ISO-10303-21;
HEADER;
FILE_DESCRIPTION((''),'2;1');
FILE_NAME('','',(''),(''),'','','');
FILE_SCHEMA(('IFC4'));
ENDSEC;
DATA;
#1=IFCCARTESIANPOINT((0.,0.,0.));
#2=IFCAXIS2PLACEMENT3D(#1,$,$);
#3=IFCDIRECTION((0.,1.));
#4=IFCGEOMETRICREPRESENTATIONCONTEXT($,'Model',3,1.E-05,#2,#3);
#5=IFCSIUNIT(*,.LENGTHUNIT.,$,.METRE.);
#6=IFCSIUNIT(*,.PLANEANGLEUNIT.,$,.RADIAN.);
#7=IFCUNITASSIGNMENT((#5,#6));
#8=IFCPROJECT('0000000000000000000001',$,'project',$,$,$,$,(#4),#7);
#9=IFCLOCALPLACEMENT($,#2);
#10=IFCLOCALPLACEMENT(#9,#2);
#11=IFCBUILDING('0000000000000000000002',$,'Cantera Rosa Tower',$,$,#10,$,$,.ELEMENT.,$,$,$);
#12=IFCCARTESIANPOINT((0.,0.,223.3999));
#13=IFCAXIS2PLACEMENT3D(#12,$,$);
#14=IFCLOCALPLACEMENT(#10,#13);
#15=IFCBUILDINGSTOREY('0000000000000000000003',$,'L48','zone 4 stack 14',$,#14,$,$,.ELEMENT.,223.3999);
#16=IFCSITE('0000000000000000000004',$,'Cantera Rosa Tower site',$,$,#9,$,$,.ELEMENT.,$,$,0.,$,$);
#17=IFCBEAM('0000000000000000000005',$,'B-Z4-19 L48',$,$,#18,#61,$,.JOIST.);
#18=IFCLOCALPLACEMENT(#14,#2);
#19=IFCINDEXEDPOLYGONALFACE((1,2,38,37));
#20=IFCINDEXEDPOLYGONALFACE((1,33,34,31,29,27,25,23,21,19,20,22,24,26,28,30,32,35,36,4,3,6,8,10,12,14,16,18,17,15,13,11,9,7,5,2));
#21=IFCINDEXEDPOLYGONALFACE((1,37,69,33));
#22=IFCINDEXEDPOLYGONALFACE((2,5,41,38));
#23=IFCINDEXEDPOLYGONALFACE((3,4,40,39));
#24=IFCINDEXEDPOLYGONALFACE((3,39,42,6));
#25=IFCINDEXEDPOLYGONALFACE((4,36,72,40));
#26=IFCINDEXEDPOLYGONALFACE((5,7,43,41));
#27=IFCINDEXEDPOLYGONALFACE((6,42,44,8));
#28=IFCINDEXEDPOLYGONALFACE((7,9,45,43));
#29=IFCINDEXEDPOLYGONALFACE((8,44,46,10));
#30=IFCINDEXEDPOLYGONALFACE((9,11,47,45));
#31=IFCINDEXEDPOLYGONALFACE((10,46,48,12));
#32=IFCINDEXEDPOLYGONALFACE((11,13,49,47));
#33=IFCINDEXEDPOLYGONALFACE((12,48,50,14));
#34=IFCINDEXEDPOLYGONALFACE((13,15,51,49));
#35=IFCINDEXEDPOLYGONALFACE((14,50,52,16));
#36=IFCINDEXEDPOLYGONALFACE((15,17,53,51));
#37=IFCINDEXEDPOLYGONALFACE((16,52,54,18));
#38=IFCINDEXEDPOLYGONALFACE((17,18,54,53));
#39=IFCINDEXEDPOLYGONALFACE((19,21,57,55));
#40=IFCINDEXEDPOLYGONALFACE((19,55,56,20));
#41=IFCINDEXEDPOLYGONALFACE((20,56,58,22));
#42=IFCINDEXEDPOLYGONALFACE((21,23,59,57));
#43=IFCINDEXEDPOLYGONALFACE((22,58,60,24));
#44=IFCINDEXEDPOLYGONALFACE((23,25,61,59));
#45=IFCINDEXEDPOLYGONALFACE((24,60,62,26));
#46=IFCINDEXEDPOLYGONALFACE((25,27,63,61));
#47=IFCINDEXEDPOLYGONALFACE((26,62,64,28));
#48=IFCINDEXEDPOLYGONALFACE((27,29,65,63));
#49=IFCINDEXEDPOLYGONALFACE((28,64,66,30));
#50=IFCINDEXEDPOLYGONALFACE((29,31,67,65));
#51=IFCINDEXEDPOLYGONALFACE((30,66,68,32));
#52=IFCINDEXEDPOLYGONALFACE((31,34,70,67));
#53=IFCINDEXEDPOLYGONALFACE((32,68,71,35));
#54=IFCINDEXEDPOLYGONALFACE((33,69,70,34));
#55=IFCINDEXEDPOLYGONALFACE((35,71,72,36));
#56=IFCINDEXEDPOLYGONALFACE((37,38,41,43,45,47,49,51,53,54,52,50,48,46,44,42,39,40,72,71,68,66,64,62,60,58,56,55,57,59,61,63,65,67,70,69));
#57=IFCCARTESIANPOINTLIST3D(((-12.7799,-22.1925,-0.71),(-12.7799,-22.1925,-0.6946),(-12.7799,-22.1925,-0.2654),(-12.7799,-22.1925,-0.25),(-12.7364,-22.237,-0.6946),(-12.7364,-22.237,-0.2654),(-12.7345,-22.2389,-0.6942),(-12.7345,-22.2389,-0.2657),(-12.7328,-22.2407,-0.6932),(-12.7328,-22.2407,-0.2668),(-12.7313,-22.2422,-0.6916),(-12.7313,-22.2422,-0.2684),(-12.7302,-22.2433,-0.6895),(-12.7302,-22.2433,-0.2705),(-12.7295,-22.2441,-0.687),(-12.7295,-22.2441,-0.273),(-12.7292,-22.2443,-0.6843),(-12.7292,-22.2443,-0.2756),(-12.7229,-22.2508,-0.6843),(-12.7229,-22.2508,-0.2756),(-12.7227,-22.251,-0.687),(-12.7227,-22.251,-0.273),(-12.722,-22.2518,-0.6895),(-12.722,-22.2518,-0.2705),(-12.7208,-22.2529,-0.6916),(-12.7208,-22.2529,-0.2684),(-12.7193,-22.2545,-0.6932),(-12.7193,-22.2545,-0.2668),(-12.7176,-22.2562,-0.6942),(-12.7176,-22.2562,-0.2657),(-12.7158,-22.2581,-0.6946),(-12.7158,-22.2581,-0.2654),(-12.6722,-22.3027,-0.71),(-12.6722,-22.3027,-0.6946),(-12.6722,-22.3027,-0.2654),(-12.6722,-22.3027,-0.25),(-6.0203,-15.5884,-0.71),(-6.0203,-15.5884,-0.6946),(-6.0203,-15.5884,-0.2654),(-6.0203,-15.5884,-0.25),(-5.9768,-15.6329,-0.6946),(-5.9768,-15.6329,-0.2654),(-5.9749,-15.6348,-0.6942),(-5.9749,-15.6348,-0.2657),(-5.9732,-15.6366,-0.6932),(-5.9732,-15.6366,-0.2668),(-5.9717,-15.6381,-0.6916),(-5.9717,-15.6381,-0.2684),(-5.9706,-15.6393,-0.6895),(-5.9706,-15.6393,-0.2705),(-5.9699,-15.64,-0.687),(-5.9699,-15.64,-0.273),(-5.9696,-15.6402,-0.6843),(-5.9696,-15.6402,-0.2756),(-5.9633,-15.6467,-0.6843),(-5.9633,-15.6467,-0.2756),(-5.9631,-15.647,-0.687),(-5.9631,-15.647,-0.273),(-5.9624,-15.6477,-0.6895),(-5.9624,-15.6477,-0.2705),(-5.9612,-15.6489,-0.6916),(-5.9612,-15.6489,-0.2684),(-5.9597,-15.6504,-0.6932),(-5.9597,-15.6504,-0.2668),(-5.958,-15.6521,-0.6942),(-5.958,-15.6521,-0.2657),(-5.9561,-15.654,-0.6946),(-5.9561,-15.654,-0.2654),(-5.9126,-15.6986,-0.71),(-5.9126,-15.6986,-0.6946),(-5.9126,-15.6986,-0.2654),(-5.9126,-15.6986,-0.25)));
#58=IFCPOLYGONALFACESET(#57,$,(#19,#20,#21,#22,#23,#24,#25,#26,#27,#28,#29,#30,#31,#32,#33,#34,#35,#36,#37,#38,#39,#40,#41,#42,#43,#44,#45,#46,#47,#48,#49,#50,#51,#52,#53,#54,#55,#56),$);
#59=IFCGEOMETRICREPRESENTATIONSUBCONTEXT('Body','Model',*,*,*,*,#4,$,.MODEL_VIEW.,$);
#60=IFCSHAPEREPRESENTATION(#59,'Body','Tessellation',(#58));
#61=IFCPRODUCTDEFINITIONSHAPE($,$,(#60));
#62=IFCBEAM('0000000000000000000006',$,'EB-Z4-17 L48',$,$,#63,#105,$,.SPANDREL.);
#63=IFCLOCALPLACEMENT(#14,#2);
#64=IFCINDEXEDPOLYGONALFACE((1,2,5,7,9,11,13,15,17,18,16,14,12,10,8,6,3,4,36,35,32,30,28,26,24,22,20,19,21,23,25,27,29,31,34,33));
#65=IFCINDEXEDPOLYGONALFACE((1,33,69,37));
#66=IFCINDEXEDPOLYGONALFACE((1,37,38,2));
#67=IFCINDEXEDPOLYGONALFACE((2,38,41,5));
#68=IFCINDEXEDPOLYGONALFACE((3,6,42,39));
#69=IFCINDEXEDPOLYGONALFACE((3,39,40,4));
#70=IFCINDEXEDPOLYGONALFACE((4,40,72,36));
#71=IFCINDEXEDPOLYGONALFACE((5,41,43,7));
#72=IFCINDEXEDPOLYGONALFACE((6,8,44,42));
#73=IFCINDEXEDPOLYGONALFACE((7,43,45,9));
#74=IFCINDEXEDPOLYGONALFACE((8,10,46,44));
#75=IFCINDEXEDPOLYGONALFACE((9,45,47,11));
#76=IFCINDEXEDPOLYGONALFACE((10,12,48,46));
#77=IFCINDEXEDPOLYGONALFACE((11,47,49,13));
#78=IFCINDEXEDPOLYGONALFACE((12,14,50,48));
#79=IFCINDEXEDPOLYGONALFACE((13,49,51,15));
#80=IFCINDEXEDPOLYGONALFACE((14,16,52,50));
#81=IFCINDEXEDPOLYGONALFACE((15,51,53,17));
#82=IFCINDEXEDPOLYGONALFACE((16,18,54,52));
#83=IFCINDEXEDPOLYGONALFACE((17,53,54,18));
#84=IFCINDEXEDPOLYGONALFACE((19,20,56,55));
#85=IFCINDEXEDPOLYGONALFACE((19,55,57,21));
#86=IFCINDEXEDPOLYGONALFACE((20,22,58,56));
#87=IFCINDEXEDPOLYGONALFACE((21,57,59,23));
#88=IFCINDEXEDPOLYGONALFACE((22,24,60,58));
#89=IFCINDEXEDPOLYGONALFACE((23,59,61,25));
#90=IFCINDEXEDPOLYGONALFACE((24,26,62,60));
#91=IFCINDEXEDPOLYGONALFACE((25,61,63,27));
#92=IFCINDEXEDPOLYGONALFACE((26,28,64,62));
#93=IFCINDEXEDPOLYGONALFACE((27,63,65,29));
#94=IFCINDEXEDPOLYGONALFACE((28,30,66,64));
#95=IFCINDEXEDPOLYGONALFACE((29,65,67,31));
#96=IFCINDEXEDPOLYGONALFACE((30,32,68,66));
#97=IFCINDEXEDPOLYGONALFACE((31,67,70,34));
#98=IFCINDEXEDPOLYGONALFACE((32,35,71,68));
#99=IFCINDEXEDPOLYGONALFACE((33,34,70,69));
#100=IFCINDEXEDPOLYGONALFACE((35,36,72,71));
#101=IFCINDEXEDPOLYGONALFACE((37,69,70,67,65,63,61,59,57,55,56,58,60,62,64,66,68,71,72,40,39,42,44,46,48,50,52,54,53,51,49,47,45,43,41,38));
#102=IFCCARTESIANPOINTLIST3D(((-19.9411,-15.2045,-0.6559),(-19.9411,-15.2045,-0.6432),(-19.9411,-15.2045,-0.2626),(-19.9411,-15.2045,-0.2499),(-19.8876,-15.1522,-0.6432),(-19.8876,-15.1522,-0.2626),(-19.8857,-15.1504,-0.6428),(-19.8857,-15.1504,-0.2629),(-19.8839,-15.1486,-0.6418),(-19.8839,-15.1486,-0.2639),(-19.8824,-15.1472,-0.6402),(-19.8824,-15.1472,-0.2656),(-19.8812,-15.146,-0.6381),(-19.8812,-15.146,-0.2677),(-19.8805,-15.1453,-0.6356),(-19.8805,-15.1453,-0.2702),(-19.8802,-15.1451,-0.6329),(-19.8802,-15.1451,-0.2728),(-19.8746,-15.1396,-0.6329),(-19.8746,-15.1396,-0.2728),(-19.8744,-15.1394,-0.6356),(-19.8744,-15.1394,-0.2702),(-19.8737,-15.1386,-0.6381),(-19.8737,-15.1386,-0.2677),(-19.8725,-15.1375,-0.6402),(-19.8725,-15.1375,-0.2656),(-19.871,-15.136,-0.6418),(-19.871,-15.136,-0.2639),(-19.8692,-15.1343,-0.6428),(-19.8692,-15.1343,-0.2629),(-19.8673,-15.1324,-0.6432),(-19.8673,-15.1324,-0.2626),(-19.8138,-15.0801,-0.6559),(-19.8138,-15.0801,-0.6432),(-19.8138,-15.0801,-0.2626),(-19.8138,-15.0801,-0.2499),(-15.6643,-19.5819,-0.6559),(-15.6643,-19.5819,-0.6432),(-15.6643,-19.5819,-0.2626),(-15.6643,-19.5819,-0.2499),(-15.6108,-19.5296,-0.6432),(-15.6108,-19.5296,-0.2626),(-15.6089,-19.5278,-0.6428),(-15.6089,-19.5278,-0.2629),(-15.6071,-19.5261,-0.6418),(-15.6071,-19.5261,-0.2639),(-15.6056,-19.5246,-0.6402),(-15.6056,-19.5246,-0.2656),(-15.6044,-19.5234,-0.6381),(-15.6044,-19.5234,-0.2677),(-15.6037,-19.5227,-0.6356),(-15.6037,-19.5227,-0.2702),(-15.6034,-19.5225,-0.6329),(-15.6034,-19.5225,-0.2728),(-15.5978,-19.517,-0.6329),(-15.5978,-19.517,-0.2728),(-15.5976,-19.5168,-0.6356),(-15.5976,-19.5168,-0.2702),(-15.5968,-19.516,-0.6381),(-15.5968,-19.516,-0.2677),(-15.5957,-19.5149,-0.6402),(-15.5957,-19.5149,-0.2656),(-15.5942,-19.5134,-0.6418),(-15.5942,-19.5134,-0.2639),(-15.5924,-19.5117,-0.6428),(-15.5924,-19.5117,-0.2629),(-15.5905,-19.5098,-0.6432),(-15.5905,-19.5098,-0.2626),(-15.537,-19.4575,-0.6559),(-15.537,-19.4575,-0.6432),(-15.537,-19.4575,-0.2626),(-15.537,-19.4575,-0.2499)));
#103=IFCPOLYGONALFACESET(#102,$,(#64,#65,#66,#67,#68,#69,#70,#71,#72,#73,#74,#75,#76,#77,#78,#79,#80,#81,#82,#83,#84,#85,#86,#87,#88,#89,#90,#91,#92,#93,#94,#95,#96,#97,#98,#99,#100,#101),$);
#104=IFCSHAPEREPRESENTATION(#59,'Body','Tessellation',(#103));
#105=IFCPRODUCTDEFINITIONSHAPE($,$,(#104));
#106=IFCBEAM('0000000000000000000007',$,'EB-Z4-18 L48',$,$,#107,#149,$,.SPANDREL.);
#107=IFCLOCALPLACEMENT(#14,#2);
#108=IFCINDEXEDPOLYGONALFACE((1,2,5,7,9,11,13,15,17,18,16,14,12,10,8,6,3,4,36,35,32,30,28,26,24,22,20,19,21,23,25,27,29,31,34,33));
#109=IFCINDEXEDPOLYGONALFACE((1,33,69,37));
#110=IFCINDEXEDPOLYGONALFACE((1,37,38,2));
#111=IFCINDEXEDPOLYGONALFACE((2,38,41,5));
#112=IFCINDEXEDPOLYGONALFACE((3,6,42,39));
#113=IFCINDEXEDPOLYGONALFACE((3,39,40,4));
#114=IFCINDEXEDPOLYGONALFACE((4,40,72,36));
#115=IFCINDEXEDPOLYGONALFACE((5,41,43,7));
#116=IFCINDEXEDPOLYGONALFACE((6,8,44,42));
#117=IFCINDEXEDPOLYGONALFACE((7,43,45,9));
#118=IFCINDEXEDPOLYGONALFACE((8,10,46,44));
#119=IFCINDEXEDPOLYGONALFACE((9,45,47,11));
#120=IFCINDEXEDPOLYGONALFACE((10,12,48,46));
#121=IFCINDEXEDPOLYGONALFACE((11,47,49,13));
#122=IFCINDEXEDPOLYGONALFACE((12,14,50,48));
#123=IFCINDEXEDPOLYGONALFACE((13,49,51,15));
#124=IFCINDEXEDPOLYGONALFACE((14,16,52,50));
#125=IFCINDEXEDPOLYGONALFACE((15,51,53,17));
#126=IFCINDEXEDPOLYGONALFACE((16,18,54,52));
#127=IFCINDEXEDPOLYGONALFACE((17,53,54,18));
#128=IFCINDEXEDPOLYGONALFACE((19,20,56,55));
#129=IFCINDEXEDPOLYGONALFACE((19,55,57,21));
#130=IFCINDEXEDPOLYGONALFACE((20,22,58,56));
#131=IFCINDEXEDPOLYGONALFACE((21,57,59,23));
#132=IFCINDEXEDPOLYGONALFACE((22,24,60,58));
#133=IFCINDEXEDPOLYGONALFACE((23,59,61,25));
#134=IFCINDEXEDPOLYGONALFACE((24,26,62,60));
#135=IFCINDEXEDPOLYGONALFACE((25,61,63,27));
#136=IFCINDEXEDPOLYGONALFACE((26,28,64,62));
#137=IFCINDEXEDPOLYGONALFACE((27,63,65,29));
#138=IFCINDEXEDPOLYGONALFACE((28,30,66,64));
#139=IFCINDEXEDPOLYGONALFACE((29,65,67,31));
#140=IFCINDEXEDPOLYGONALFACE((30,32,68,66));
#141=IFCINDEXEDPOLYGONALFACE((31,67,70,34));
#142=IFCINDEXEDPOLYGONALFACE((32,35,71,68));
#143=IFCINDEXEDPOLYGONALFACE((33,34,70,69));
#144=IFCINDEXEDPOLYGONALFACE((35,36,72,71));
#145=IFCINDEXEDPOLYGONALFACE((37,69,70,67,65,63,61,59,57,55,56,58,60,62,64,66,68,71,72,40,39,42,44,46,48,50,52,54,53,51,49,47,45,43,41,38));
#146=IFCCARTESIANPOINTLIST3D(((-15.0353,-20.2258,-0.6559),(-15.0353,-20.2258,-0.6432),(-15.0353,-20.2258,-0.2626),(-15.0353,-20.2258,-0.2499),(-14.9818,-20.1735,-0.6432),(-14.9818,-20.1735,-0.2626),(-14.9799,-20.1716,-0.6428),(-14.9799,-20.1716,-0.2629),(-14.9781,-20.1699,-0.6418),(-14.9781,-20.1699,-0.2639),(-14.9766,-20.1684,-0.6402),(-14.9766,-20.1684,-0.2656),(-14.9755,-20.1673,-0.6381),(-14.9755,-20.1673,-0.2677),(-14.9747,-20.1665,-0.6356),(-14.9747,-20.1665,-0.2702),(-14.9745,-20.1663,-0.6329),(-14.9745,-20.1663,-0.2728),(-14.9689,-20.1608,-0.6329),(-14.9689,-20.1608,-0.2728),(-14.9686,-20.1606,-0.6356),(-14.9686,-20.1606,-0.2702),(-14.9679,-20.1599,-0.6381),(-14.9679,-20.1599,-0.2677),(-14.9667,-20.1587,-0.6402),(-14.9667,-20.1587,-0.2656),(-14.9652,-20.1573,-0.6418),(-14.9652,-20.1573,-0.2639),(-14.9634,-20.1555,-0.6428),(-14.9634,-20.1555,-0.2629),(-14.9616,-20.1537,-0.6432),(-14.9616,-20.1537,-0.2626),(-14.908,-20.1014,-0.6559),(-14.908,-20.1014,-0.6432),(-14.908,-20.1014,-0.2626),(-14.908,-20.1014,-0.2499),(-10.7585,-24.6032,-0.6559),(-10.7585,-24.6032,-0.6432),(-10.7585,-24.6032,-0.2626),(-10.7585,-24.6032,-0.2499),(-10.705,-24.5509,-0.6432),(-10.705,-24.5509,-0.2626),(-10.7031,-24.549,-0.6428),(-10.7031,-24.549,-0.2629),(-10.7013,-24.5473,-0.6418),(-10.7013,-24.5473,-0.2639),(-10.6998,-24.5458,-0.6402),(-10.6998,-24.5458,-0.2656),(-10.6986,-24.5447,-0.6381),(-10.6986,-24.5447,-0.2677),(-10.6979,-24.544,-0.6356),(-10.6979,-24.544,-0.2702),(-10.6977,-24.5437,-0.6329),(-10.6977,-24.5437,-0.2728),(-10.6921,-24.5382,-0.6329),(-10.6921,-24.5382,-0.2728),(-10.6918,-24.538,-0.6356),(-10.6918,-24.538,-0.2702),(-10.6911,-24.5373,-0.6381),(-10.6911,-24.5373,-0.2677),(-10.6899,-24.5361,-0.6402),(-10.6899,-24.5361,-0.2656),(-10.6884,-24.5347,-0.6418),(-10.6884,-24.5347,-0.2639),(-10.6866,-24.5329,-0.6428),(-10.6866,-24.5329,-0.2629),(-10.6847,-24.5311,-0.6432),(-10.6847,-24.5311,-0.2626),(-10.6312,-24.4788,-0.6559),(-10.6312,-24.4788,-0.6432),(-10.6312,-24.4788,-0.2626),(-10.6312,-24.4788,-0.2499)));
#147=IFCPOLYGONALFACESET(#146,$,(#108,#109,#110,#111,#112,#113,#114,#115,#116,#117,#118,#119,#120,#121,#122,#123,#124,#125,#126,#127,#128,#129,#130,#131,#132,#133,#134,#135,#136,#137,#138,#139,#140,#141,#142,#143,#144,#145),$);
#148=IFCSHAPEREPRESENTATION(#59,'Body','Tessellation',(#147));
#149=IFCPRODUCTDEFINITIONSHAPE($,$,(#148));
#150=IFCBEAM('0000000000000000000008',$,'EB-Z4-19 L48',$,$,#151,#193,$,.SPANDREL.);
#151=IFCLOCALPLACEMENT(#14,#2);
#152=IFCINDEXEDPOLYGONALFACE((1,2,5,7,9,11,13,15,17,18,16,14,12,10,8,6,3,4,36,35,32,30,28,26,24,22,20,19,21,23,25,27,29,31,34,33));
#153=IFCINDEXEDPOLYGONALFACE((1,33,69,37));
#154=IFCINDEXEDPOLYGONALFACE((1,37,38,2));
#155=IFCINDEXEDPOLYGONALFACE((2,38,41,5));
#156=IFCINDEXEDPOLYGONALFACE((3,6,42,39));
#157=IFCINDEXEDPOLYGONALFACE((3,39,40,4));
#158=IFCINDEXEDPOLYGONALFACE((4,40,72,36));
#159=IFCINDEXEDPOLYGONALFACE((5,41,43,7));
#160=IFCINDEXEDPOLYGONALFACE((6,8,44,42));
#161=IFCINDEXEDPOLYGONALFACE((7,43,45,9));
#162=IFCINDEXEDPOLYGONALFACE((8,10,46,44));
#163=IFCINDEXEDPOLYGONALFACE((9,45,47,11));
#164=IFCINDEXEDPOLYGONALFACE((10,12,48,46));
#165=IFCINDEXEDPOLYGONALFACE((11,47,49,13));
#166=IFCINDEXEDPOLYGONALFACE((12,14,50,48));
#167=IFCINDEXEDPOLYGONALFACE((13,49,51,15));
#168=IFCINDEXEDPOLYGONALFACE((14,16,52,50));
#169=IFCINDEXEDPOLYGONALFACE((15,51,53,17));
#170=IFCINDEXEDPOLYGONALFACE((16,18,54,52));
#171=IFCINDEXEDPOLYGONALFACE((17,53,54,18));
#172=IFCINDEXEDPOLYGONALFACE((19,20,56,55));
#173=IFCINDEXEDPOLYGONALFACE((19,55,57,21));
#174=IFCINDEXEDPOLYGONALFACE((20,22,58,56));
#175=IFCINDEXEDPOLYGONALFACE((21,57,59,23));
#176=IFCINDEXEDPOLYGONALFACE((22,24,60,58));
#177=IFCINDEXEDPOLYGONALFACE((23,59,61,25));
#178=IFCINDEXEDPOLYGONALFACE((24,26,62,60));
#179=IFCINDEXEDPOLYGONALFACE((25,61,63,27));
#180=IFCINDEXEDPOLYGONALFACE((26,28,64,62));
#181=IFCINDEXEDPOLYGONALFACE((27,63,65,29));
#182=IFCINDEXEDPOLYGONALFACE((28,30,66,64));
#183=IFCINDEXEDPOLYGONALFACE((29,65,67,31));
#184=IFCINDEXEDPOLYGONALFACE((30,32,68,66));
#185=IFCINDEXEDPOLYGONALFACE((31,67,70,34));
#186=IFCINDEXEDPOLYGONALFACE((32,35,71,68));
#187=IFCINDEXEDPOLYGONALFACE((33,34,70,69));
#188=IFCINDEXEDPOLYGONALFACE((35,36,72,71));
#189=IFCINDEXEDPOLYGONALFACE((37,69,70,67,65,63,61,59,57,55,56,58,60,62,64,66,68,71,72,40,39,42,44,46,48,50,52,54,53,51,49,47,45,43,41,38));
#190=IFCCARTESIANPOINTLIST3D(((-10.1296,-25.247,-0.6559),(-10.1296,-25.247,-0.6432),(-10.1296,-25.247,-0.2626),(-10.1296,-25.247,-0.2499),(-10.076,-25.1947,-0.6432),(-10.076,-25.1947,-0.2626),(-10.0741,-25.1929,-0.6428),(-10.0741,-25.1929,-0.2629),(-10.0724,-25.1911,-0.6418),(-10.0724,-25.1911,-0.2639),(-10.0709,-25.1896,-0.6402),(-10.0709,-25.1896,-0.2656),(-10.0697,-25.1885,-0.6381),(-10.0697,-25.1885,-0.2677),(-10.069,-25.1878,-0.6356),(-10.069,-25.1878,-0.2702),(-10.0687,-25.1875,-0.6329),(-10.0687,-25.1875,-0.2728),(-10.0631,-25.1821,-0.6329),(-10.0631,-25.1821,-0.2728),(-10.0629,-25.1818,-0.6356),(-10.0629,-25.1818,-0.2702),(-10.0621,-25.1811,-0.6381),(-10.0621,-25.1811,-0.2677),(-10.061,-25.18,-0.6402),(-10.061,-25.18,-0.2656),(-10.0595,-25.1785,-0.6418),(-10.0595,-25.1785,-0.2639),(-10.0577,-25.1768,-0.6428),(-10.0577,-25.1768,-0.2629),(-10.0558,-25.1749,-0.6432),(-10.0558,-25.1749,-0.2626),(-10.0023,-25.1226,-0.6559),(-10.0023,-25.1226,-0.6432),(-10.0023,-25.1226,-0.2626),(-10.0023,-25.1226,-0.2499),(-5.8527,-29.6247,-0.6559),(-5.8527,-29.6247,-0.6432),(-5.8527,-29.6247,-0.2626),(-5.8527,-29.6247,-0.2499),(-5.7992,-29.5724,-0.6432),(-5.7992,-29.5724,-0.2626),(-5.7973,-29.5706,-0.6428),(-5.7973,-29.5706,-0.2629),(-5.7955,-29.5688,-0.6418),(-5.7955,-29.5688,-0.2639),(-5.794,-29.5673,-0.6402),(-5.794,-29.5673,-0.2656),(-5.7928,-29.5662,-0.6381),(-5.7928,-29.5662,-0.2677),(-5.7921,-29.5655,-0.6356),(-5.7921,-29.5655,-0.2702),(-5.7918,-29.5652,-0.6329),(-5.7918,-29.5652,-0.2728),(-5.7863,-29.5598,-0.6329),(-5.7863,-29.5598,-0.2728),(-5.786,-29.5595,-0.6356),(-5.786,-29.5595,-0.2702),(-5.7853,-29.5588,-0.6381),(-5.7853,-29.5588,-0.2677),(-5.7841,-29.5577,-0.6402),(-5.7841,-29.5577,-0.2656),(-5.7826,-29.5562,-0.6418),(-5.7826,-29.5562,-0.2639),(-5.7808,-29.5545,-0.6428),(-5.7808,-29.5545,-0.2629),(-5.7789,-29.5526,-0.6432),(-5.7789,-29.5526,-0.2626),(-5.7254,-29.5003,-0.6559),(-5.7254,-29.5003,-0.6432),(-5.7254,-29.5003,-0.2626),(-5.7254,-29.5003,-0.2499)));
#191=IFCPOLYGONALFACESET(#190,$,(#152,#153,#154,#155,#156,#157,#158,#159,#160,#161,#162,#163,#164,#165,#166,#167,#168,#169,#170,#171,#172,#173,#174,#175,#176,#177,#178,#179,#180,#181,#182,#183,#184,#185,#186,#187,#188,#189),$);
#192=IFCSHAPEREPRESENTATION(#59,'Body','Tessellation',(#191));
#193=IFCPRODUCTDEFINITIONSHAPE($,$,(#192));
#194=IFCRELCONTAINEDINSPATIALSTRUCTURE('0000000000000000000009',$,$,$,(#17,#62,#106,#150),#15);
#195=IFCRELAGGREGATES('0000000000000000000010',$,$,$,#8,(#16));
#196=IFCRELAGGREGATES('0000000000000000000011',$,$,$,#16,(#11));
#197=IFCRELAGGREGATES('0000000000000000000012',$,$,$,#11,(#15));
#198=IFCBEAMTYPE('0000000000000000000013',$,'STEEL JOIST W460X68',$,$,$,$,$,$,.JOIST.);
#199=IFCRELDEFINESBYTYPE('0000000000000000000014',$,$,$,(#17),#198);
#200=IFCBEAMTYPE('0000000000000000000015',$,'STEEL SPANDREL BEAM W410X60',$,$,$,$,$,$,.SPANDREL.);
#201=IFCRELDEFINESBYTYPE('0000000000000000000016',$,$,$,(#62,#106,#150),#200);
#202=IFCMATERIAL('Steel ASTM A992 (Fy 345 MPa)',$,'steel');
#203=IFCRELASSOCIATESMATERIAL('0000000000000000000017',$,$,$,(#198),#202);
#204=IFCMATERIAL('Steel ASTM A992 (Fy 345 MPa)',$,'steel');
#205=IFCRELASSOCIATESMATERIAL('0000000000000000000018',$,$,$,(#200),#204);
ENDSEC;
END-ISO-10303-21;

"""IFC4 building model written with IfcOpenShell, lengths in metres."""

from ifc_helpers import new_model, si_unit, direction, frame, origin, origin_2d, place, context, subcontext, project, spatial, i_section, extrude, material, material_profile, profile_set, type_object, element, save


model = new_model("IFC4")

# Units and contexts
model_context = context("Model", 3, precision=1e-05, world=origin(), true_north=direction((0.0, 1.0)))
body_context = subcontext(model_context, "Body", "Model", "MODEL_VIEW")
ifc_project = project(units=[si_unit("LENGTHUNIT", "METRE"), si_unit("PLANEANGLEUNIT", "RADIAN")], contexts=[model_context])

# Site, building, storey
site_placement = place(None, origin())
site = spatial("IfcSite", under=ifc_project, at=site_placement, Name="Cantera Rosa Tower site", CompositionType="ELEMENT", RefElevation=0.0)
building_placement = place(site_placement, origin())
building = spatial("IfcBuilding", under=site, at=building_placement, Name="Cantera Rosa Tower", CompositionType="ELEMENT")
storey_placement = place(building_placement, frame((0.0, 0.0, 223.3999)))
storey = spatial("IfcBuildingStorey", under=building, at=storey_placement, Name="L48", Description="zone 4 stack 14", CompositionType="ELEMENT", Elevation=223.3999)

# Beams
ifc_material_1 = material(Name="Steel ASTM A992 (Fy 345 MPa)", Category="steel")
ifc_material_profile_1 = material_profile(ifc_material_1, i_section(OverallWidth=0.1541, OverallDepth=0.46, WebThickness=0.009, FlangeThickness=0.0154, FilletRadius=0.0103, at=origin_2d()), Name="W460X68")
ifc_profile_set_1 = profile_set([ifc_material_profile_1], Name="Steel ASTM A992 (Fy 345 MPa)")
beam_type_1 = type_object("IfcBeamType", Name="STEEL JOIST W460X68", PredefinedType="JOIST", material=ifc_profile_set_1)
for number, where, z_axis, x_axis, name in (
    (1, (-12.7261, -22.2476, -0.48), (0.715287, 0.698831, 0.0), (-0.698831, 0.715287, 0.0), "B-Z4-19 L48"),
):
    element("IfcBeam", number, at=place(storey_placement, frame(where, z_axis=z_axis, x_axis=x_axis)), inside=storey, type_object=beam_type_1, Name=name, PredefinedType="JOIST", context=body_context, shape_type="SweptSolid", body=[
        extrude(i_section(OverallWidth=0.1541, OverallDepth=0.46, WebThickness=0.009, FlangeThickness=0.0154, FilletRadius=0.0103, at=origin_2d()), origin(), (0.0, 0.0, 1.0), 9.4502),
    ])
ifc_material_2 = material(Name="Steel ASTM A992 (Fy 345 MPa)", Category="steel")
ifc_material_profile_2 = material_profile(ifc_material_2, i_section(OverallWidth=0.178, OverallDepth=0.406, WebThickness=0.0078, FlangeThickness=0.0127, FilletRadius=0.0103, at=origin_2d()), Name="W410X60")
ifc_profile_set_2 = profile_set([ifc_material_profile_2], Name="Steel ASTM A992 (Fy 345 MPa)")
beam_type_2 = type_object("IfcBeamType", Name="STEEL SPANDREL BEAM W410X60", PredefinedType="SPANDREL", material=ifc_profile_set_2)
for number, where, z_axis, x_axis, name in (
    (2, (-19.8774, -15.1423, -0.4529), (0.698841, -0.715277, 0.0), (0.715277, 0.698841, 0.0), "EB-Z4-17 L48"),
    (3, (-14.9717, -20.1636, -0.4529), (0.698841, -0.715277, 0.0), (0.715277, 0.698841, 0.0), "EB-Z4-18 L48"),
):
    element("IfcBeam", number, at=place(storey_placement, frame(where, z_axis=z_axis, x_axis=x_axis)), inside=storey, type_object=beam_type_2, Name=name, PredefinedType="SPANDREL", context=body_context, shape_type="SweptSolid", body=[
        extrude(i_section(OverallWidth=0.178, OverallDepth=0.406, WebThickness=0.0078, FlangeThickness=0.0127, FilletRadius=0.0103, at=origin_2d()), origin(), (0.0, 0.0, 1.0), 6.1199),
    ])
beam_1_placement = place(storey_placement, frame((-10.0659, -25.1848, -0.4529), z_axis=(0.698821, -0.715296, 0.0), x_axis=(0.715296, 0.698821, 0.0)))
element("IfcBeam", 4, at=beam_1_placement, inside=storey, type_object=beam_type_2, Name="EB-Z4-19 L48", PredefinedType="SPANDREL", context=body_context, shape_type="SweptSolid", body=[
    extrude(i_section(OverallWidth=0.178, OverallDepth=0.406, WebThickness=0.0078, FlangeThickness=0.0127, FilletRadius=0.0103, at=origin_2d()), origin(), (0.0, 0.0, 1.0), 6.1201),
])

save(model, "model.ifc")
